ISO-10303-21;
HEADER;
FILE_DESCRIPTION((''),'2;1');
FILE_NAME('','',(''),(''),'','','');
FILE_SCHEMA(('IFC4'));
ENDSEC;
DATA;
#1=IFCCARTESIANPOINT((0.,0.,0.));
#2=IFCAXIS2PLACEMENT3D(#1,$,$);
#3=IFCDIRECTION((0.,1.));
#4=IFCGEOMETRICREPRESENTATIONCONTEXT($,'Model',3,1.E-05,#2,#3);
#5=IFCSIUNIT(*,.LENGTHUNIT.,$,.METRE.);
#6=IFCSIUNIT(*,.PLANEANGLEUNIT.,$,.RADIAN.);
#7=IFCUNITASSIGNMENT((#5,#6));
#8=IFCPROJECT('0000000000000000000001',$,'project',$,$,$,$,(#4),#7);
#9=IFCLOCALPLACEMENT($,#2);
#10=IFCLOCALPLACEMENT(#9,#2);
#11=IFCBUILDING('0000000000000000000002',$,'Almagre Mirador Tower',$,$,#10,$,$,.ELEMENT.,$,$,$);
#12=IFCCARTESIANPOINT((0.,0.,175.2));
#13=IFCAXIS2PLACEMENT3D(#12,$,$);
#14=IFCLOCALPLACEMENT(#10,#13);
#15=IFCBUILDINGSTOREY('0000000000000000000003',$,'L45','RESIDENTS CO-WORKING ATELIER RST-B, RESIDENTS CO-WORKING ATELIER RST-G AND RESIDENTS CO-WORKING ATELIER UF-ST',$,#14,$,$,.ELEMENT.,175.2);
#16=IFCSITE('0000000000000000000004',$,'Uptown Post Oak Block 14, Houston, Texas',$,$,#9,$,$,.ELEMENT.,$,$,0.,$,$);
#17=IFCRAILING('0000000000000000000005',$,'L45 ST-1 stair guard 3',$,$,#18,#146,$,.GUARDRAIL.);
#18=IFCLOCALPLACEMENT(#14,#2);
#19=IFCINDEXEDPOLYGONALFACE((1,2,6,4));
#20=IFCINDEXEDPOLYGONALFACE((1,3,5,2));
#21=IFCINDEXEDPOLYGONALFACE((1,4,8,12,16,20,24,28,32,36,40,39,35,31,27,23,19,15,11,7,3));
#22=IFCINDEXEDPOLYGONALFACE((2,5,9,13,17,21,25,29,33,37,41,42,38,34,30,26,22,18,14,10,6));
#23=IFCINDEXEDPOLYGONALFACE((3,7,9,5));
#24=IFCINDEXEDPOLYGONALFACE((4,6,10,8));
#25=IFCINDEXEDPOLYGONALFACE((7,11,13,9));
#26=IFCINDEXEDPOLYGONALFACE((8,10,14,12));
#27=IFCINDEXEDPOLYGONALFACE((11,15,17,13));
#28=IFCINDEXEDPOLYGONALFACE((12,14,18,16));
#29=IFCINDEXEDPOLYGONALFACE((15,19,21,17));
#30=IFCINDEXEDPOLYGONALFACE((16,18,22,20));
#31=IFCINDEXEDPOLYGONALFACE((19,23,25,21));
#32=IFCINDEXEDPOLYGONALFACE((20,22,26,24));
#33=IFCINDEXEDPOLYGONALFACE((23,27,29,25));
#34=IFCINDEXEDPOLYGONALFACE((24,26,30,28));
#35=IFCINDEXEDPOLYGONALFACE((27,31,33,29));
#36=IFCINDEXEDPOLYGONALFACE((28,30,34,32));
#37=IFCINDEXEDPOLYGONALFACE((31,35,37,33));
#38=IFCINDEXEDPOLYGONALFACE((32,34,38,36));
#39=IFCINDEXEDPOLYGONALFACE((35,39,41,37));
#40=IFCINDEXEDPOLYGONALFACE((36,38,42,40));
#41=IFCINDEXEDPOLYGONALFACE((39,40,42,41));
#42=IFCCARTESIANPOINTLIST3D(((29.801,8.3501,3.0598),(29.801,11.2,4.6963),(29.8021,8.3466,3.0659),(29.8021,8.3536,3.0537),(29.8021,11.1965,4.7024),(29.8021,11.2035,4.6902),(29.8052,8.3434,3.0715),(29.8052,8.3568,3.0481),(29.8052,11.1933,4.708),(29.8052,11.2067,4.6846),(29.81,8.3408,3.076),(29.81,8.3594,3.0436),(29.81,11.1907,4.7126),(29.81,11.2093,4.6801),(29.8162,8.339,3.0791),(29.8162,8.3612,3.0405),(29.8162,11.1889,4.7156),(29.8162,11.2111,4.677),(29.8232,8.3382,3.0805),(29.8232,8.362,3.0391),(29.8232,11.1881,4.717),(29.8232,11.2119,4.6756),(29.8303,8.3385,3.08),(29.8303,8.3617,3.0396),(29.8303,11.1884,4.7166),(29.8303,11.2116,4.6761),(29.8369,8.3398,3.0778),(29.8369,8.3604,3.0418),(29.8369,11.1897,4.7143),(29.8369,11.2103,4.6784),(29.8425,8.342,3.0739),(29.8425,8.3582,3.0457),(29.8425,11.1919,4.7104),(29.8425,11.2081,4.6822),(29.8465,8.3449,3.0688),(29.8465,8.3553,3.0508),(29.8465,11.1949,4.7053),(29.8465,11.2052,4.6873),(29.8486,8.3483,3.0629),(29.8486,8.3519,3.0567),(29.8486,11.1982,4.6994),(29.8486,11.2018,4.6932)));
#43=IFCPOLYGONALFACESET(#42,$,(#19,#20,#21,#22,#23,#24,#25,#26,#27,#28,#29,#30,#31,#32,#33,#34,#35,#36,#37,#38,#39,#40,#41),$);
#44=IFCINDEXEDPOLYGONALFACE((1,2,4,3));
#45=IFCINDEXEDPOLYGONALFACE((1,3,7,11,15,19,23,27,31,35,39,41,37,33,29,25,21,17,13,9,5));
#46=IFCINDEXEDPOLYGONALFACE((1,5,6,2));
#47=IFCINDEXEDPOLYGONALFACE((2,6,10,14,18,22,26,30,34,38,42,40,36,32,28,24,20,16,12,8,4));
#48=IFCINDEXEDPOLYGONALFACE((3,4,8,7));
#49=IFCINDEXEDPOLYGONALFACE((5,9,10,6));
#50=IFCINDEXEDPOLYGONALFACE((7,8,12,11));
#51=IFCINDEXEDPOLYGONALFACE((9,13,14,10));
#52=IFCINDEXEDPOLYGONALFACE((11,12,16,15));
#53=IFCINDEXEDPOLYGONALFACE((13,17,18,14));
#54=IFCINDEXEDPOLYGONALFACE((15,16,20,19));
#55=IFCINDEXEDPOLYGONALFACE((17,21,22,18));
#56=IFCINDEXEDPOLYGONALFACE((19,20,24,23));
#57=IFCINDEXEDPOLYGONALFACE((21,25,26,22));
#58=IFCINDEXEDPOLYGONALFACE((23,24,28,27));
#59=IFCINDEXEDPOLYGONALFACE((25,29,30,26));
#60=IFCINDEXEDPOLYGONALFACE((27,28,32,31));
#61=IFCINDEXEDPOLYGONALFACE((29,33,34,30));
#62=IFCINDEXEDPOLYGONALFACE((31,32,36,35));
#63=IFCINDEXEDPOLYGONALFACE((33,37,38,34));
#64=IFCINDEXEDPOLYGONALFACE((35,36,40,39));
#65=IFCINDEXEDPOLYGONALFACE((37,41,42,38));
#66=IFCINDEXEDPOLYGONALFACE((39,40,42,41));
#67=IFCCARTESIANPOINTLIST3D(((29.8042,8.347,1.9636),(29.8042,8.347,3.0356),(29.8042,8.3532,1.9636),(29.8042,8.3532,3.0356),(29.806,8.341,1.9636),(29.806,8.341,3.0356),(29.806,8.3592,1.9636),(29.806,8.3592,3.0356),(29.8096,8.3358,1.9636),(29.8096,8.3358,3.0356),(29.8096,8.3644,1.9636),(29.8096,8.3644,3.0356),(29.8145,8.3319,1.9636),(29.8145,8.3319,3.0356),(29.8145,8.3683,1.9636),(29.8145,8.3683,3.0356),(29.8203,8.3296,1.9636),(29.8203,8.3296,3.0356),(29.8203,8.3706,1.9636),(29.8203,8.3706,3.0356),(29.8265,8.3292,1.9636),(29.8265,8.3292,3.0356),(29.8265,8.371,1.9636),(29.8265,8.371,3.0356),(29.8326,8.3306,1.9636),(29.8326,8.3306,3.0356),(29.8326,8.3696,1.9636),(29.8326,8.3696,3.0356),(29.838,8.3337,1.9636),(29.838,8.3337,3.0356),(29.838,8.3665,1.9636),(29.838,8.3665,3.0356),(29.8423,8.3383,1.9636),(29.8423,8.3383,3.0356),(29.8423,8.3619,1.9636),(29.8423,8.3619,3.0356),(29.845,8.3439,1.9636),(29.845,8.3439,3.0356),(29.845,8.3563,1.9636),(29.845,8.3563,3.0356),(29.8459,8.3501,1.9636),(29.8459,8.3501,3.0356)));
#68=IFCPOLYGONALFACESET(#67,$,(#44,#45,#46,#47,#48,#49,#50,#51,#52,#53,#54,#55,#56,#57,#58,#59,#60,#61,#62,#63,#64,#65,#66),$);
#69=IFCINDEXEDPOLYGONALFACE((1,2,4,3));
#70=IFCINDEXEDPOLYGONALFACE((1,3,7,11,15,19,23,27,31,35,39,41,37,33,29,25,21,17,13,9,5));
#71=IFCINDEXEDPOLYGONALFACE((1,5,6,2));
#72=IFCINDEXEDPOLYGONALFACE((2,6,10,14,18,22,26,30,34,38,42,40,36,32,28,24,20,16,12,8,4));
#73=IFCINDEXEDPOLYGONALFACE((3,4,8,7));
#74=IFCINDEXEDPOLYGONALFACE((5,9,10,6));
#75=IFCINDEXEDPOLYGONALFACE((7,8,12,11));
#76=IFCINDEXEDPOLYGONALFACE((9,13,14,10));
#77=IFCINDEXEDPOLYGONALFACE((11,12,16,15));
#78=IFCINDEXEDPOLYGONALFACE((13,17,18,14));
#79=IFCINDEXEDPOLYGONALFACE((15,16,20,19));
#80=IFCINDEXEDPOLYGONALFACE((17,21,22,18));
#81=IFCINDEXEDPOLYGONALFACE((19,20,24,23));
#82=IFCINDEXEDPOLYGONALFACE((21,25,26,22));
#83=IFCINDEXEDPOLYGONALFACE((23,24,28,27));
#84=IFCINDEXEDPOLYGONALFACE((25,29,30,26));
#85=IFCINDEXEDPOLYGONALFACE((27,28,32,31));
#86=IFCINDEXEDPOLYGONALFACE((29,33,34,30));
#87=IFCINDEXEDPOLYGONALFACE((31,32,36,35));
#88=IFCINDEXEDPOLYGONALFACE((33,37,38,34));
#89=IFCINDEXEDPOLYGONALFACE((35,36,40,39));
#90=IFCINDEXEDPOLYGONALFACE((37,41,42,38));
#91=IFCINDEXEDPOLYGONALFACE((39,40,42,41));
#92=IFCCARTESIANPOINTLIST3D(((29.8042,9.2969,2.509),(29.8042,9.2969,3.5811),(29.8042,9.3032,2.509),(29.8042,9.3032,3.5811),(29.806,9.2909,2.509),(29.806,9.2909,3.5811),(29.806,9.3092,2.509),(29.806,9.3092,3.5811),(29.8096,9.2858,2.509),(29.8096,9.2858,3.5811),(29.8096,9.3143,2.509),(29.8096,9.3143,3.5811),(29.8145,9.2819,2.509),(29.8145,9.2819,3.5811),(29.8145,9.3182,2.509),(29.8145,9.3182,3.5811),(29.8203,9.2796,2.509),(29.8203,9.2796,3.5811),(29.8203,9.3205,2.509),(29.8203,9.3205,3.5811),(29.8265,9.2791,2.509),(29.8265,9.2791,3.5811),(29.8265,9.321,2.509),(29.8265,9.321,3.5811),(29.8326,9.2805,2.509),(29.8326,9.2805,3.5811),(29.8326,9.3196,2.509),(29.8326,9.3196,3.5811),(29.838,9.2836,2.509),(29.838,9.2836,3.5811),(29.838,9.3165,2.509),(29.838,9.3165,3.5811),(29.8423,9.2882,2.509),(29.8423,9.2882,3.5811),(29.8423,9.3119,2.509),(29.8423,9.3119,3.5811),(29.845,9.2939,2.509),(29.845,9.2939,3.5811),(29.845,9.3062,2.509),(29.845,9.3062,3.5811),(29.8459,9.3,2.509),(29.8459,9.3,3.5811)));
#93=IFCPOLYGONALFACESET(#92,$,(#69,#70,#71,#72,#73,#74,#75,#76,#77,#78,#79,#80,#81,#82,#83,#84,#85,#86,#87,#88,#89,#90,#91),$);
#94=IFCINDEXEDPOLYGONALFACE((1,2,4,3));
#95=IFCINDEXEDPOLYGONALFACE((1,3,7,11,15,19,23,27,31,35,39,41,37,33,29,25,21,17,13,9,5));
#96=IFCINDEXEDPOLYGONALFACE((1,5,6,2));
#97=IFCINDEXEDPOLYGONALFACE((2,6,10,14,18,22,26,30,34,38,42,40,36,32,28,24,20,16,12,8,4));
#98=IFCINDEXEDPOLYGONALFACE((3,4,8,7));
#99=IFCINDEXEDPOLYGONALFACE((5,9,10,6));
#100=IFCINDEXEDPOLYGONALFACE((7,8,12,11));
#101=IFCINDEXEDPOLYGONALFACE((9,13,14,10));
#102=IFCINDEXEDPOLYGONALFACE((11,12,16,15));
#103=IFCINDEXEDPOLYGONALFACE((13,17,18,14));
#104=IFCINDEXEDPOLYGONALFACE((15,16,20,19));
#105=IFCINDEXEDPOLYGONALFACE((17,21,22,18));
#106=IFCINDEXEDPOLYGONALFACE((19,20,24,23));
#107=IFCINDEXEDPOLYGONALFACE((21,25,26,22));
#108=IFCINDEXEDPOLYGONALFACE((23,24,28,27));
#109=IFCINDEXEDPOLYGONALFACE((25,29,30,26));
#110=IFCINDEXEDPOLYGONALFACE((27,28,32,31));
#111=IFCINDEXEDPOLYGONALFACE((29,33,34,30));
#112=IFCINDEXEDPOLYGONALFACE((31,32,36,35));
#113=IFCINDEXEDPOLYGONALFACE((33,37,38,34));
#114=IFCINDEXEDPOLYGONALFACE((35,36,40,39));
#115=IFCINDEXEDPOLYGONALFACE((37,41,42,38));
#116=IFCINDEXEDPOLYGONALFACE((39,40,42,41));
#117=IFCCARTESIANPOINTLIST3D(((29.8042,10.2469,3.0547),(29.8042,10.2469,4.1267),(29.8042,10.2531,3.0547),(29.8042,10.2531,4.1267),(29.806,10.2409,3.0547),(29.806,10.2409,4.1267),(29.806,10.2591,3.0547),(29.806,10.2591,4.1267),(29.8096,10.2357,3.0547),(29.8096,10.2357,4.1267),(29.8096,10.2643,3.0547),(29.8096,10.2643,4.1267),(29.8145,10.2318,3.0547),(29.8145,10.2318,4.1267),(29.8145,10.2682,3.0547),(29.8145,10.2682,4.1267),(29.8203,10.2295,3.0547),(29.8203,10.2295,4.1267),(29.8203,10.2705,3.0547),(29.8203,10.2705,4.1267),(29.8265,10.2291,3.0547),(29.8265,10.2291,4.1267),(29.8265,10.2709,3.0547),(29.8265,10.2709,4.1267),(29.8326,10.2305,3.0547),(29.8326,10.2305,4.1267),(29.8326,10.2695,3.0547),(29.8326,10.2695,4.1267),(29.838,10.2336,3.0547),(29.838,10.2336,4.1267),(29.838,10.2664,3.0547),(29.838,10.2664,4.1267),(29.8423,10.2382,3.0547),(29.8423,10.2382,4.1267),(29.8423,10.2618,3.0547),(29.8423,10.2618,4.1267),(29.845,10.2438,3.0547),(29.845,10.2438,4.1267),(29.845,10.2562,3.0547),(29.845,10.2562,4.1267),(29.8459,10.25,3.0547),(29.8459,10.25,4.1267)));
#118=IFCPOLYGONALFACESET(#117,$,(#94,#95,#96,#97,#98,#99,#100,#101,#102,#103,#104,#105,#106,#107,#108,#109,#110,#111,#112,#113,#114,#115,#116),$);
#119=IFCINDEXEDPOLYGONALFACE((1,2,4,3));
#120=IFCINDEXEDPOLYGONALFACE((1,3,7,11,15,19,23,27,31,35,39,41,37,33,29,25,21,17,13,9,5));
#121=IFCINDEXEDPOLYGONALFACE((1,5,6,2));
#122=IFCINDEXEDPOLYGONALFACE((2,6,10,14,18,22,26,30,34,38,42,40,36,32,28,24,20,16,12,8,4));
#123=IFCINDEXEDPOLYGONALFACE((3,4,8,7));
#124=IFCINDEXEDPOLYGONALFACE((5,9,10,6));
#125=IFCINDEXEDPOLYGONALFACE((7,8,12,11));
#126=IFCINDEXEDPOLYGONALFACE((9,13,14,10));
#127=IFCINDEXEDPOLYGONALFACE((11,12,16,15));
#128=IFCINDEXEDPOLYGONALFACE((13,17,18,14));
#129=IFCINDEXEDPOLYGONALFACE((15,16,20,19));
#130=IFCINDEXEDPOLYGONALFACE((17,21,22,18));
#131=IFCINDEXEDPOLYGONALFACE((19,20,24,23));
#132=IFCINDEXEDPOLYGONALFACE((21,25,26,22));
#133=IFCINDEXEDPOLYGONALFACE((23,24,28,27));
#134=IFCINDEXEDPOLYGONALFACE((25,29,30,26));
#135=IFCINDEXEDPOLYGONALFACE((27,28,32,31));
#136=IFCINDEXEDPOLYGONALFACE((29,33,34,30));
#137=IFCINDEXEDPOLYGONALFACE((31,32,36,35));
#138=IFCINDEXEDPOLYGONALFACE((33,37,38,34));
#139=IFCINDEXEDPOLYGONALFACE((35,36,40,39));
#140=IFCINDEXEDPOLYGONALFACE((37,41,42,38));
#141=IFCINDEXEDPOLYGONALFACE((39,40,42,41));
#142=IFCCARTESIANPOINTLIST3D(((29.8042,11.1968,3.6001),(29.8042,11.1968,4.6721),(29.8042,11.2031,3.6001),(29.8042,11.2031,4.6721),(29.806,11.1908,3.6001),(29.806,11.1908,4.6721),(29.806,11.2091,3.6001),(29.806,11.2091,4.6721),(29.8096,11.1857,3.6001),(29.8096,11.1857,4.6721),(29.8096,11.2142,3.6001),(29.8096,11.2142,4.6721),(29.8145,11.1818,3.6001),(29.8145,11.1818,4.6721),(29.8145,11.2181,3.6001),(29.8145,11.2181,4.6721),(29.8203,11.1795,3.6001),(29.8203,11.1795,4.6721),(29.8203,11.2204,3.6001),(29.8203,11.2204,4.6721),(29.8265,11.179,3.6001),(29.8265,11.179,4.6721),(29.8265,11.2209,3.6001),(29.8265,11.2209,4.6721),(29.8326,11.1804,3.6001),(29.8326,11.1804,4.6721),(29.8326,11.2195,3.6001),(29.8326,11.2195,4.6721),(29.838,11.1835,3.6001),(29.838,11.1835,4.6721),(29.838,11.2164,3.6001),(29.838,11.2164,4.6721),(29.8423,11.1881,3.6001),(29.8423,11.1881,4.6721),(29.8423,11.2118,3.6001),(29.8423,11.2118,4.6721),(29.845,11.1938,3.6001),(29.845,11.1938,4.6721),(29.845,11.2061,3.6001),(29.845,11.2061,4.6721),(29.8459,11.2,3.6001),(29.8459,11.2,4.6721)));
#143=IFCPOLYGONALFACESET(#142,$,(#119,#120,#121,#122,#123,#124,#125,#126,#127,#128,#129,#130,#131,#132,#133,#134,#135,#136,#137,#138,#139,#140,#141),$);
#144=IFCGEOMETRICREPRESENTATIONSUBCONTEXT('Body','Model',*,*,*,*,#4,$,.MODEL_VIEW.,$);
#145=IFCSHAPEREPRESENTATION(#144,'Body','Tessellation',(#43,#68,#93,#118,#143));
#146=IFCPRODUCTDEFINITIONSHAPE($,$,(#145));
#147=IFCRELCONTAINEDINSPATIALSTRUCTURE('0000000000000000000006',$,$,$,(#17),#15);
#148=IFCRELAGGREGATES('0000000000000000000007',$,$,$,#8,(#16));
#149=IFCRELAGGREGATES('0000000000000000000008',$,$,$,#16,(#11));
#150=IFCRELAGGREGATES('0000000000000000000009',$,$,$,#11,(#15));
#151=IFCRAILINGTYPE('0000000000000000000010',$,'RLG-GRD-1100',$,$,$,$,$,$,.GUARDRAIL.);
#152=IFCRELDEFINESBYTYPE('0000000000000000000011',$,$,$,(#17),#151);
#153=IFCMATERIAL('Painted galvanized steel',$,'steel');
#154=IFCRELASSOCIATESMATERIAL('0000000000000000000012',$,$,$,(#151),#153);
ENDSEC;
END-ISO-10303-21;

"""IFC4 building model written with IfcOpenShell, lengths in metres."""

from ifc_helpers import new_model, si_unit, direction, frame, origin, origin_2d, place, context, subcontext, project, spatial, circle, extrude, material, type_object, element, save


model = new_model("IFC4")

# Units and contexts
model_context = context("Model", 3, precision=1e-05, world=origin(), true_north=direction((0.0, 1.0)))
body_context = subcontext(model_context, "Body", "Model", "MODEL_VIEW")
ifc_project = project(units=[si_unit("LENGTHUNIT", "METRE"), si_unit("PLANEANGLEUNIT", "RADIAN")], contexts=[model_context])

# Site, building, storey
site_placement = place(None, origin())
site = spatial("IfcSite", under=ifc_project, at=site_placement, Name="Uptown Post Oak Block 14, Houston, Texas", CompositionType="ELEMENT", RefElevation=0.0)
building_placement = place(site_placement, origin())
building = spatial("IfcBuilding", under=site, at=building_placement, Name="Almagre Mirador Tower", CompositionType="ELEMENT")
storey_placement = place(building_placement, frame((0.0, 0.0, 175.2)))
storey = spatial("IfcBuildingStorey", under=building, at=storey_placement, Name="L45", Description="RESIDENTS CO-WORKING ATELIER RST-B, RESIDENTS CO-WORKING ATELIER RST-G AND RESIDENTS CO-WORKING ATELIER UF-ST", CompositionType="ELEMENT", Elevation=175.2)

# Railing
ifc_material_1 = material(Name="Painted galvanized steel", Category="steel")
railing_type_1 = type_object("IfcRailingType", Name="RLG-GRD-1100", PredefinedType="GUARDRAIL", material=ifc_material_1)
railing_1_placement = place(storey_placement, frame((29.825, 8.3501, 1.9636)))
element("IfcRailing", 1, at=railing_1_placement, inside=storey, type_object=railing_type_1, Name="L45 ST-1 stair guard 3", PredefinedType="GUARDRAIL", context=body_context, shape_type="SweptSolid", body=[
    extrude(circle(Radius=0.0239, at=origin_2d()), frame((0.0, 0.0, 1.0962), z_axis=(0.0, 0.867194, 0.49797), x_axis=(-1.0, 0.0, 0.0)), (0.0, 0.0, 1.0), 3.2864),
    extrude(circle(Radius=0.021, at=origin_2d()), origin(), (0.0, 0.0, 1.0), 1.072),
    extrude(circle(Radius=0.021, at=origin_2d()), frame((0.0, 0.95, 0.5454)), (0.0, 0.0, 1.0), 1.072),
    extrude(circle(Radius=0.021, at=origin_2d()), frame((0.0, 1.8999, 1.0911)), (0.0, 0.0, 1.0), 1.072),
    extrude(circle(Radius=0.021, at=origin_2d()), frame((0.0, 2.8499, 1.6365)), (0.0, 0.0, 1.0), 1.072),
])

save(model, "model.ifc")
